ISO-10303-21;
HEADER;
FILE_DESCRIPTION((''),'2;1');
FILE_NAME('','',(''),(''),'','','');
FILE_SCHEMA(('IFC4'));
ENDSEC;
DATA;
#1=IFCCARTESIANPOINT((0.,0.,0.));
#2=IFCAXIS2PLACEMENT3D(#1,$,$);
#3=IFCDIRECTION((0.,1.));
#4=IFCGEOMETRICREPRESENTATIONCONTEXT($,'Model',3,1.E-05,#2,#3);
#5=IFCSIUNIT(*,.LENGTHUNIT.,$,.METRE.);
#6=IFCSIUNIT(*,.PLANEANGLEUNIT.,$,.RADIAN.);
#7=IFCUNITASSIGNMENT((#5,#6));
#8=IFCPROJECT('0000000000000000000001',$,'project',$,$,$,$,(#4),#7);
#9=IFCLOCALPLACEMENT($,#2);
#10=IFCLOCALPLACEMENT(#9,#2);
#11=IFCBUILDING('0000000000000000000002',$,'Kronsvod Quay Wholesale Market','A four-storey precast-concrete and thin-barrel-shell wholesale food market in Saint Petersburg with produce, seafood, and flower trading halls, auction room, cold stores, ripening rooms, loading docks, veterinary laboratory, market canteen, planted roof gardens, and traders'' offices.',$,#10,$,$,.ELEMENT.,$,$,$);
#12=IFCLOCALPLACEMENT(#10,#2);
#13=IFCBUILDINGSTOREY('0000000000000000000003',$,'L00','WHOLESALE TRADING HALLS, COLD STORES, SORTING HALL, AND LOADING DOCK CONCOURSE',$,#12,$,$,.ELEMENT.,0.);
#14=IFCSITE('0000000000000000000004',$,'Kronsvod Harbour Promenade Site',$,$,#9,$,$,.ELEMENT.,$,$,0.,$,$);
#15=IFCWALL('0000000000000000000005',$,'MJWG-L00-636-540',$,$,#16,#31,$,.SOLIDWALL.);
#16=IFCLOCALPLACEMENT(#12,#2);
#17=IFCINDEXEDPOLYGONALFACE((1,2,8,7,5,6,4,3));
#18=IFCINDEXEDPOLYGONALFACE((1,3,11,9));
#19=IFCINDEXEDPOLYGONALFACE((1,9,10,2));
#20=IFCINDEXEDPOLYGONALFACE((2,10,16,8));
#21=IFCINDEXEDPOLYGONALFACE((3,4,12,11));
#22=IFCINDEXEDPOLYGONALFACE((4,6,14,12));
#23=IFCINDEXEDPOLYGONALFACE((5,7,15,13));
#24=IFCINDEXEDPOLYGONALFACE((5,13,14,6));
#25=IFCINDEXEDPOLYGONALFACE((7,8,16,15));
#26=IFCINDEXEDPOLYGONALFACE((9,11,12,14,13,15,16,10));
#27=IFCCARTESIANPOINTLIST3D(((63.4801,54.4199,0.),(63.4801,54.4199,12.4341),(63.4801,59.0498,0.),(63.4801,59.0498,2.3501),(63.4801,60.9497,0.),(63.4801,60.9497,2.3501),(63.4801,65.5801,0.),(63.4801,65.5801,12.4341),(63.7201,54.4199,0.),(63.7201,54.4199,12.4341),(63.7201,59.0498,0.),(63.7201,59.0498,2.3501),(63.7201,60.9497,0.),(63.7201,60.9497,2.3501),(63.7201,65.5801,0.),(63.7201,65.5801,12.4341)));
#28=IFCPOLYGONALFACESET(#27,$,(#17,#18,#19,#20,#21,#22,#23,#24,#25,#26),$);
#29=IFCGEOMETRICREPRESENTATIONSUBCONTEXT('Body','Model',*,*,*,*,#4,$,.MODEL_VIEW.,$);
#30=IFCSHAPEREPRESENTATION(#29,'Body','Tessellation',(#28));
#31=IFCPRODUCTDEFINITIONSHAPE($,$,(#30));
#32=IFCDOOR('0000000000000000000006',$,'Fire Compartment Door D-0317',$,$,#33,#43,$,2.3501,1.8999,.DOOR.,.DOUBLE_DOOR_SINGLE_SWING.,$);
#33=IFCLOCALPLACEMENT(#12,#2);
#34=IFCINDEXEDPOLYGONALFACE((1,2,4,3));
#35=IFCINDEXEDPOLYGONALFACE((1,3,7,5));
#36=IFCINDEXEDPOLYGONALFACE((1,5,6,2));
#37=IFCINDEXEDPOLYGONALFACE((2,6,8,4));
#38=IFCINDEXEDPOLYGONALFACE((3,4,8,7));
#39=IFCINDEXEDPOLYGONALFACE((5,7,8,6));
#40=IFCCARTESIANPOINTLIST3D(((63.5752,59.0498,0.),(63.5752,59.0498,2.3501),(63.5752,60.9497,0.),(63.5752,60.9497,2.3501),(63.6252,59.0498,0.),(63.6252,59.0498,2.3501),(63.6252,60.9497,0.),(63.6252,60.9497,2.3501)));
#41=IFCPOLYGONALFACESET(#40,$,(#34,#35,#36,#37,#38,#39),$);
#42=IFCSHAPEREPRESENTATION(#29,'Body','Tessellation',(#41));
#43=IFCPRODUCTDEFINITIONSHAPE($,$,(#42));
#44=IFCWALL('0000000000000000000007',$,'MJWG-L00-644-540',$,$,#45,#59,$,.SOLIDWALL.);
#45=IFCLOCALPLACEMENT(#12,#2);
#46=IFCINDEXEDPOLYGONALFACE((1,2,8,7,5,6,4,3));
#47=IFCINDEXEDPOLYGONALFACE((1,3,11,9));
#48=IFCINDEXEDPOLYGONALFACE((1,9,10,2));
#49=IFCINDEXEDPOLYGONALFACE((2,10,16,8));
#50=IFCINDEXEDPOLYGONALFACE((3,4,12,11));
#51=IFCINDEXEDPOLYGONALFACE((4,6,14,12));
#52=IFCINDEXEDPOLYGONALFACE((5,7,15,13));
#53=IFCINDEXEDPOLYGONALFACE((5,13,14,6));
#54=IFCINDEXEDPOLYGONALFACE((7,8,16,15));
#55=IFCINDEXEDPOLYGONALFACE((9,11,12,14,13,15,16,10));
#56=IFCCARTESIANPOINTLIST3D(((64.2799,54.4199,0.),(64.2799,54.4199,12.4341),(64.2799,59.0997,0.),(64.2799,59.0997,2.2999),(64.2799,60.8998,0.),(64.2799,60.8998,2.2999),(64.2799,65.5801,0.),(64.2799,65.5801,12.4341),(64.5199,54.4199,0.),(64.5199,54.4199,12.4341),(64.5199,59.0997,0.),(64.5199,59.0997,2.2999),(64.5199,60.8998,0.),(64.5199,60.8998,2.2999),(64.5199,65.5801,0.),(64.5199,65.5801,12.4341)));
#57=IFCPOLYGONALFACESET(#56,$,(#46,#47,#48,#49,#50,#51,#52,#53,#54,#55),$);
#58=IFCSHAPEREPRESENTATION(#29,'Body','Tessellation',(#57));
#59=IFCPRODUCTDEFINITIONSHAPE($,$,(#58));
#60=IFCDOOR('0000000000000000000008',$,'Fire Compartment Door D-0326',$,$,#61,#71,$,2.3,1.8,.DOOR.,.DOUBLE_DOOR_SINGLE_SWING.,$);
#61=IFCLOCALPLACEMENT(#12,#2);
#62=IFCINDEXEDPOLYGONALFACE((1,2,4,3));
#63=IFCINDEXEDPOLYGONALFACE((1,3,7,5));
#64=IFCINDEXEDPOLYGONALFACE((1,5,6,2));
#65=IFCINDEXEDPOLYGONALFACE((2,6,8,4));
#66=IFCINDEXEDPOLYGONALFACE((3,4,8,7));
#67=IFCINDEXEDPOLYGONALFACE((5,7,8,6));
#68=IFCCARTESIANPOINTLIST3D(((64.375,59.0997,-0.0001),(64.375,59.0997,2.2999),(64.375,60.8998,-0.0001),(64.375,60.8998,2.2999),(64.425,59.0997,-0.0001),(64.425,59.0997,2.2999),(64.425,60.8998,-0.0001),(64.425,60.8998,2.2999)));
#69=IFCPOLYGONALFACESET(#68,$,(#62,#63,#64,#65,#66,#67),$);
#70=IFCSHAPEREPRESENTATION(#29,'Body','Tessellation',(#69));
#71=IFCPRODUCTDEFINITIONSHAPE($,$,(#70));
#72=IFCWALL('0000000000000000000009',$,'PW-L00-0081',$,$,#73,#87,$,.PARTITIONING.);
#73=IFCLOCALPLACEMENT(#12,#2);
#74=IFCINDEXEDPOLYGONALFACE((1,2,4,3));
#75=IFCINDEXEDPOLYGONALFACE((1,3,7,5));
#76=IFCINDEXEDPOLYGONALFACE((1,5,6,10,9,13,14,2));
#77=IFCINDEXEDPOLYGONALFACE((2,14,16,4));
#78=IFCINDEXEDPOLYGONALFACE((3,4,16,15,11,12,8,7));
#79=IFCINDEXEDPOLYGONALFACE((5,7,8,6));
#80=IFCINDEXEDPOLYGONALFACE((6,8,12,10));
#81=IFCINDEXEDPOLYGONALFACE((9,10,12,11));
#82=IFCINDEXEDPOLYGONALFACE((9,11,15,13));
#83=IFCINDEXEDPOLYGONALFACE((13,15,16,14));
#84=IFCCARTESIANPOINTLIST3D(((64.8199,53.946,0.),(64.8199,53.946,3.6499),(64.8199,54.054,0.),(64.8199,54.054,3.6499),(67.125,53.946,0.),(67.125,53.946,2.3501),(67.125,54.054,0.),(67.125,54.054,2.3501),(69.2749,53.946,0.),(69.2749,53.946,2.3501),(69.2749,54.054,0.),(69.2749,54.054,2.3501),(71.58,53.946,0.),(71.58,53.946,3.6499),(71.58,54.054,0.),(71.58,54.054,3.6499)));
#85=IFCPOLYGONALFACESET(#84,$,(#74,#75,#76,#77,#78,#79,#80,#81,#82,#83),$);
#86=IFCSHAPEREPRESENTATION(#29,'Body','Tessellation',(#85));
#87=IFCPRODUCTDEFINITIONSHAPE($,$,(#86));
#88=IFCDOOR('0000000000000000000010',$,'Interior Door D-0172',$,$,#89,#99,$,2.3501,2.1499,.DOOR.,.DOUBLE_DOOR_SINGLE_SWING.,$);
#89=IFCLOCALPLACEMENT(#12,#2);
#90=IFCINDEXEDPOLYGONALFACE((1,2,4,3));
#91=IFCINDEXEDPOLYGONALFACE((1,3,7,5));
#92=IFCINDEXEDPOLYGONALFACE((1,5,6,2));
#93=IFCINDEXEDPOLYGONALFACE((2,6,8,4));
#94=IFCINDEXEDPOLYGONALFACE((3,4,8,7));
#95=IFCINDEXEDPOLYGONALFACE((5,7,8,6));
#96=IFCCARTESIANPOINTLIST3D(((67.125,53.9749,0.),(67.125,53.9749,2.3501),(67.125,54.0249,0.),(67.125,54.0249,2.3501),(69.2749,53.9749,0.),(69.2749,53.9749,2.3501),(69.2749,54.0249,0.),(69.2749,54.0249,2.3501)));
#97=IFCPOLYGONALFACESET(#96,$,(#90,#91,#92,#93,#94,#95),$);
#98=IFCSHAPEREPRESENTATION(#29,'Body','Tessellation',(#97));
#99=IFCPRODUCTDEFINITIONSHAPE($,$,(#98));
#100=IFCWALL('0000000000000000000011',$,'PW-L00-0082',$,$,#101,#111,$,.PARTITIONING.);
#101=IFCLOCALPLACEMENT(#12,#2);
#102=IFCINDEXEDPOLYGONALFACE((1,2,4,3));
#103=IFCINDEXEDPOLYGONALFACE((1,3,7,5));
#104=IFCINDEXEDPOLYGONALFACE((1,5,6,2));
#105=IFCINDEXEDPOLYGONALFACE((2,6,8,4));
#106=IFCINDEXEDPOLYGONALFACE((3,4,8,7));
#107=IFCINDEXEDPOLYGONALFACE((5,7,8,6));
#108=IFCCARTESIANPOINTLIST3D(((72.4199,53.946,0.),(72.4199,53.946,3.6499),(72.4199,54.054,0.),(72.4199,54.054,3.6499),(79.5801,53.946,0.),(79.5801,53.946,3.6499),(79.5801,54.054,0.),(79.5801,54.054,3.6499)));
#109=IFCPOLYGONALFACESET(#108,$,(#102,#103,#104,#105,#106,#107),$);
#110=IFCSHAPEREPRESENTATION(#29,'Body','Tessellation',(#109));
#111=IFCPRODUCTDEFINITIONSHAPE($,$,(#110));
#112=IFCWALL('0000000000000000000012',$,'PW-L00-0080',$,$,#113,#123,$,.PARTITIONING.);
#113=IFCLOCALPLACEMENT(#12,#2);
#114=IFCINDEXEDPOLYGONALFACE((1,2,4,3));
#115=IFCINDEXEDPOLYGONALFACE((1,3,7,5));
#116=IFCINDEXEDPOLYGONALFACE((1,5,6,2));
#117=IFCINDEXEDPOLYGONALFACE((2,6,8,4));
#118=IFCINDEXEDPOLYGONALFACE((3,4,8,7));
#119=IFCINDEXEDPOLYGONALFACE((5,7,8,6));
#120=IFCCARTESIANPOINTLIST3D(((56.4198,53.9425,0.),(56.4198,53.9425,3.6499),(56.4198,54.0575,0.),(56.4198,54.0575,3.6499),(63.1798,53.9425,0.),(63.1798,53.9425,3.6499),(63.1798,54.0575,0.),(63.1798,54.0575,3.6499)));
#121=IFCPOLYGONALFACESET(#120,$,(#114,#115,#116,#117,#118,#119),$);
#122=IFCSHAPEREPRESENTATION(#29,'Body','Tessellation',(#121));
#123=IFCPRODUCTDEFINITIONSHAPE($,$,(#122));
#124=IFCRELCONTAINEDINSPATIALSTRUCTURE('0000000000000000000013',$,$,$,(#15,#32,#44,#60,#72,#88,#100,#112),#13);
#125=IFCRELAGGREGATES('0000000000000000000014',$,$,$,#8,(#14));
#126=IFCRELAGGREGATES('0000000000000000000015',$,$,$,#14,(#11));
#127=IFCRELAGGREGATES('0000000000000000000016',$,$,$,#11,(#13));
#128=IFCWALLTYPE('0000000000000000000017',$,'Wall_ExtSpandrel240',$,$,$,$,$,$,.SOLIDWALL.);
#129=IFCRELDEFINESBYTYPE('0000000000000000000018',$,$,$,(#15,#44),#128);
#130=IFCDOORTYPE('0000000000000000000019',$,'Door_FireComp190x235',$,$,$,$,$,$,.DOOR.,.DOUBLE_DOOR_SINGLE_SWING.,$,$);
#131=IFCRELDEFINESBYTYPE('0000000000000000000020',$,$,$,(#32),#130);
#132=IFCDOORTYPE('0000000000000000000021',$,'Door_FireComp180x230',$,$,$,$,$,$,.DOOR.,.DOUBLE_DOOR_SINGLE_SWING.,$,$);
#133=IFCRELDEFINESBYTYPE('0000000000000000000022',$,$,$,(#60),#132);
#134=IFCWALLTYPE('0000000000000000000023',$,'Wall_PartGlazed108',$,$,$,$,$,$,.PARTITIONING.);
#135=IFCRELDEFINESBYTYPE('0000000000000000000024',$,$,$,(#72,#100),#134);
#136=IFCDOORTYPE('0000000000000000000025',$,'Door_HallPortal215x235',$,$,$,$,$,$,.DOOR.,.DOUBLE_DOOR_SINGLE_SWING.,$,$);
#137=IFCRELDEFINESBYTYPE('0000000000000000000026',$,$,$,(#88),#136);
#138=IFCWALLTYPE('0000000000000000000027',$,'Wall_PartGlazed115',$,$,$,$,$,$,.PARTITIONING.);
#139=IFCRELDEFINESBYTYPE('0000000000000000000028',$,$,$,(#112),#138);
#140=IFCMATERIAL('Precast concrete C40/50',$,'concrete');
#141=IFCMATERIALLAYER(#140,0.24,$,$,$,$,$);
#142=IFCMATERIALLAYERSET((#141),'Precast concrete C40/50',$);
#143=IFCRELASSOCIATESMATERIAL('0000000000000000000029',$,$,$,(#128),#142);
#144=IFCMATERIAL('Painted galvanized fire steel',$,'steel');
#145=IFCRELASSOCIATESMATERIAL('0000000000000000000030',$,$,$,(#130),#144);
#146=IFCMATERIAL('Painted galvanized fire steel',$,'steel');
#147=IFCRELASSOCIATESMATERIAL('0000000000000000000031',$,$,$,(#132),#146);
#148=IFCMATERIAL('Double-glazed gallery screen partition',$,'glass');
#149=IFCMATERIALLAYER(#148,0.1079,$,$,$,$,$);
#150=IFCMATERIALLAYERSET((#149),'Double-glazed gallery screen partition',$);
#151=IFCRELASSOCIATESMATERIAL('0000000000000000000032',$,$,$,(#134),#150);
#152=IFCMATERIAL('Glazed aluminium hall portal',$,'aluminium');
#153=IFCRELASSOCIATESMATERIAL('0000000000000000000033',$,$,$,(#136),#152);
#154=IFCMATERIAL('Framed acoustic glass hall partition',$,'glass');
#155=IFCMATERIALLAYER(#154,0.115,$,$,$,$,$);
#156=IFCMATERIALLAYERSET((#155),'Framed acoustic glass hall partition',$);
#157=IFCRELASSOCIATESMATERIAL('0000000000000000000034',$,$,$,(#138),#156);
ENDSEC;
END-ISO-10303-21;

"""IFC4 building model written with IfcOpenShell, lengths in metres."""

from ifc_helpers import new_model, si_unit, direction, frame, frame_2d, origin, place, context, subcontext, project, spatial, rectangle, extrude, material, layer, layer_set, type_object, element, fill, save


model = new_model("IFC4")

# Units and contexts
model_context = context("Model", 3, precision=1e-05, world=origin(), true_north=direction((0.0, 1.0)))
body_context = subcontext(model_context, "Body", "Model", "MODEL_VIEW")
ifc_project = project(units=[si_unit("LENGTHUNIT", "METRE"), si_unit("PLANEANGLEUNIT", "RADIAN")], contexts=[model_context])

# Site, building, storey
site_placement = place(None, origin())
site = spatial("IfcSite", under=ifc_project, at=site_placement, Name="Kronsvod Harbour Promenade Site", CompositionType="ELEMENT", RefElevation=0.0)
building_placement = place(site_placement, origin())
building = spatial("IfcBuilding", under=site, at=building_placement, Name="Kronsvod Quay Wholesale Market", Description="A four-storey precast-concrete and thin-barrel-shell wholesale food market in Saint Petersburg with produce, seafood, and flower trading halls, auction room, cold stores, ripening rooms, loading docks, veterinary laboratory, market canteen, planted roof gardens, and traders' offices.", CompositionType="ELEMENT")
storey_placement = place(building_placement, origin())
storey = spatial("IfcBuildingStorey", under=building, at=storey_placement, Name="L00", Description="WHOLESALE TRADING HALLS, COLD STORES, SORTING HALL, AND LOADING DOCK CONCOURSE", CompositionType="ELEMENT", Elevation=0.0)

# Walls, openings, doors
ifc_material_1 = material(Name="Precast concrete C40/50", Category="concrete")
ifc_layer_1 = layer(ifc_material_1, 0.24)
ifc_layer_set_1 = layer_set([ifc_layer_1], Name="Precast concrete C40/50")
wall_type_1 = type_object("IfcWallType", Name="Wall_ExtSpandrel240", PredefinedType="SOLIDWALL", material=ifc_layer_set_1)
wall_1_placement = place(storey_placement, frame((63.6001, 54.4199, 0.0), z_axis=(0.0, 0.0, 1.0), x_axis=(0.0, 1.0, 0.0)))
wall_1 = element("IfcWall", 1, at=wall_1_placement, inside=storey, type_object=wall_type_1, Name="MJWG-L00-636-540", PredefinedType="SOLIDWALL", context=body_context, shape_type="SweptSolid", body=[
    extrude(rectangle(XDim=11.1602, YDim=0.24, at=frame_2d((5.5801, 0.0))), origin(), (0.0, 0.0, 1.0), 12.4341),
])
opening_1_placement = place(wall_1_placement, frame((4.6299, 0.0, 0.0)))
opening_1 = element("IfcOpeningElement", 2, at=opening_1_placement, cuts=wall_1, PredefinedType="OPENING", context=body_context, shape_type="SweptSolid", body=[
    extrude(rectangle(XDim=1.8999, YDim=2.3501, at=frame_2d((0.95, 1.175))), frame((0.0, 0.1299, 0.0), z_axis=(0.0, -1.0, 0.0), x_axis=(1.0, 0.0, 0.0)), (0.0, 0.0, 1.0), 0.26),
])
ifc_material_2 = material(Name="Painted galvanized fire steel", Category="steel")
door_type_1 = type_object("IfcDoorType", Name="Door_FireComp190x235", OperationType="DOUBLE_DOOR_SINGLE_SWING", PredefinedType="DOOR", material=ifc_material_2)
door_1_placement = place(opening_1_placement, origin())
door_1 = element("IfcDoor", 3, at=door_1_placement, inside=storey, type_object=door_type_1, Name="Fire Compartment Door D-0317", OperationType="DOUBLE_DOOR_SINGLE_SWING", OverallHeight=2.3501, OverallWidth=1.8999, PredefinedType="DOOR", context=body_context, shape_type="SweptSolid", body=[
    extrude(rectangle(XDim=1.8999, YDim=2.3501, at=frame_2d((0.95, 1.175))), frame((0.0, 0.0249, 0.0), z_axis=(0.0, -1.0, 0.0), x_axis=(1.0, 0.0, 0.0)), (0.0, 0.0, 1.0), 0.05),
])
fill(opening_1, door_1)
wall_2_placement = place(storey_placement, frame((64.3999, 54.4199, 0.0), z_axis=(0.0, 0.0, 1.0), x_axis=(0.0, 1.0, 0.0)))
wall_2 = element("IfcWall", 4, at=wall_2_placement, inside=storey, type_object=wall_type_1, Name="MJWG-L00-644-540", PredefinedType="SOLIDWALL", context=body_context, shape_type="SweptSolid", body=[
    extrude(rectangle(XDim=11.1602, YDim=0.24, at=frame_2d((5.5801, 0.0))), origin(), (0.0, 0.0, 1.0), 12.4341),
])
opening_2_placement = place(wall_2_placement, frame((4.6799, 0.0, 0.0)))
opening_2 = element("IfcOpeningElement", 5, at=opening_2_placement, cuts=wall_2, PredefinedType="OPENING", context=body_context, shape_type="SweptSolid", body=[
    extrude(rectangle(XDim=1.8, YDim=2.3, at=frame_2d((0.8999, 1.1499))), frame((0.0, 0.1299, 0.0), z_axis=(0.0, -1.0, 0.0), x_axis=(1.0, 0.0, 0.0)), (0.0, 0.0, 1.0), 0.26),
])
ifc_material_3 = material(Name="Painted galvanized fire steel", Category="steel")
door_type_2 = type_object("IfcDoorType", Name="Door_FireComp180x230", OperationType="DOUBLE_DOOR_SINGLE_SWING", PredefinedType="DOOR", material=ifc_material_3)
door_2_placement = place(opening_2_placement, origin())
door_2 = element("IfcDoor", 6, at=door_2_placement, inside=storey, type_object=door_type_2, Name="Fire Compartment Door D-0326", OperationType="DOUBLE_DOOR_SINGLE_SWING", OverallHeight=2.3, OverallWidth=1.8, PredefinedType="DOOR", context=body_context, shape_type="SweptSolid", body=[
    extrude(rectangle(XDim=1.8, YDim=2.3, at=frame_2d((0.8999, 1.1499))), frame((0.0, 0.0249, 0.0), z_axis=(0.0, -1.0, 0.0), x_axis=(1.0, 0.0, 0.0)), (0.0, 0.0, 1.0), 0.05),
])
fill(opening_2, door_2)
ifc_material_4 = material(Name="Double-glazed gallery screen partition", Category="glass")
ifc_layer_2 = layer(ifc_material_4, 0.1079)
ifc_layer_set_2 = layer_set([ifc_layer_2], Name="Double-glazed gallery screen partition")
wall_type_2 = type_object("IfcWallType", Name="Wall_PartGlazed108", PredefinedType="PARTITIONING", material=ifc_layer_set_2)
wall_3_placement = place(storey_placement, frame((64.8201, 54.0, 0.0), z_axis=(0.0, 0.0, 1.0), x_axis=(1.0, 0.0, 0.0)))
wall_3 = element("IfcWall", 7, at=wall_3_placement, inside=storey, type_object=wall_type_2, Name="PW-L00-0081", PredefinedType="PARTITIONING", context=body_context, shape_type="SweptSolid", body=[
    extrude(rectangle(XDim=6.76, YDim=0.1079, at=frame_2d((3.3799, 0.0))), origin(), (0.0, 0.0, 1.0), 3.6499),
])
opening_3_placement = place(wall_3_placement, frame((2.3049, 0.0, 0.0)))
opening_3 = element("IfcOpeningElement", 8, at=opening_3_placement, cuts=wall_3, PredefinedType="OPENING", context=body_context, shape_type="SweptSolid", body=[
    extrude(rectangle(XDim=2.1499, YDim=2.3501, at=frame_2d((1.075, 1.175))), frame((0.0, 0.064, 0.0), z_axis=(0.0, -1.0, 0.0), x_axis=(1.0, 0.0, 0.0)), (0.0, 0.0, 1.0), 0.1279),
])
ifc_material_5 = material(Name="Glazed aluminium hall portal", Category="aluminium")
door_type_3 = type_object("IfcDoorType", Name="Door_HallPortal215x235", OperationType="DOUBLE_DOOR_SINGLE_SWING", PredefinedType="DOOR", material=ifc_material_5)
door_3_placement = place(opening_3_placement, origin())
door_3 = element("IfcDoor", 9, at=door_3_placement, inside=storey, type_object=door_type_3, Name="Interior Door D-0172", OperationType="DOUBLE_DOOR_SINGLE_SWING", OverallHeight=2.3501, OverallWidth=2.1499, PredefinedType="DOOR", context=body_context, shape_type="SweptSolid", body=[
    extrude(rectangle(XDim=2.1499, YDim=2.3501, at=frame_2d((1.075, 1.175))), frame((0.0, 0.0249, 0.0), z_axis=(0.0, -1.0, 0.0), x_axis=(1.0, 0.0, 0.0)), (0.0, 0.0, 1.0), 0.05),
])
fill(opening_3, door_3)

# Walls
wall_4_placement = place(storey_placement, frame((72.4199, 54.0, 0.0), z_axis=(0.0, 0.0, 1.0), x_axis=(1.0, 0.0, 0.0)))
element("IfcWall", 10, at=wall_4_placement, inside=storey, type_object=wall_type_2, Name="PW-L00-0082", PredefinedType="PARTITIONING", context=body_context, shape_type="SweptSolid", body=[
    extrude(rectangle(XDim=7.1602, YDim=0.1079, at=frame_2d((3.5801, 0.0))), origin(), (0.0, 0.0, 1.0), 3.6499),
])
ifc_material_6 = material(Name="Framed acoustic glass hall partition", Category="glass")
ifc_layer_3 = layer(ifc_material_6, 0.115)
ifc_layer_set_3 = layer_set([ifc_layer_3], Name="Framed acoustic glass hall partition")
wall_type_3 = type_object("IfcWallType", Name="Wall_PartGlazed115", PredefinedType="PARTITIONING", material=ifc_layer_set_3)
wall_5_placement = place(storey_placement, frame((56.4199, 54.0, 0.0), z_axis=(0.0, 0.0, 1.0), x_axis=(1.0, 0.0, 0.0)))
element("IfcWall", 11, at=wall_5_placement, inside=storey, type_object=wall_type_3, Name="PW-L00-0080", PredefinedType="PARTITIONING", context=body_context, shape_type="SweptSolid", body=[
    extrude(rectangle(XDim=6.76, YDim=0.115, at=frame_2d((3.3799, 0.0))), origin(), (0.0, 0.0, 1.0), 3.6499),
])

save(model, "model.ifc")
